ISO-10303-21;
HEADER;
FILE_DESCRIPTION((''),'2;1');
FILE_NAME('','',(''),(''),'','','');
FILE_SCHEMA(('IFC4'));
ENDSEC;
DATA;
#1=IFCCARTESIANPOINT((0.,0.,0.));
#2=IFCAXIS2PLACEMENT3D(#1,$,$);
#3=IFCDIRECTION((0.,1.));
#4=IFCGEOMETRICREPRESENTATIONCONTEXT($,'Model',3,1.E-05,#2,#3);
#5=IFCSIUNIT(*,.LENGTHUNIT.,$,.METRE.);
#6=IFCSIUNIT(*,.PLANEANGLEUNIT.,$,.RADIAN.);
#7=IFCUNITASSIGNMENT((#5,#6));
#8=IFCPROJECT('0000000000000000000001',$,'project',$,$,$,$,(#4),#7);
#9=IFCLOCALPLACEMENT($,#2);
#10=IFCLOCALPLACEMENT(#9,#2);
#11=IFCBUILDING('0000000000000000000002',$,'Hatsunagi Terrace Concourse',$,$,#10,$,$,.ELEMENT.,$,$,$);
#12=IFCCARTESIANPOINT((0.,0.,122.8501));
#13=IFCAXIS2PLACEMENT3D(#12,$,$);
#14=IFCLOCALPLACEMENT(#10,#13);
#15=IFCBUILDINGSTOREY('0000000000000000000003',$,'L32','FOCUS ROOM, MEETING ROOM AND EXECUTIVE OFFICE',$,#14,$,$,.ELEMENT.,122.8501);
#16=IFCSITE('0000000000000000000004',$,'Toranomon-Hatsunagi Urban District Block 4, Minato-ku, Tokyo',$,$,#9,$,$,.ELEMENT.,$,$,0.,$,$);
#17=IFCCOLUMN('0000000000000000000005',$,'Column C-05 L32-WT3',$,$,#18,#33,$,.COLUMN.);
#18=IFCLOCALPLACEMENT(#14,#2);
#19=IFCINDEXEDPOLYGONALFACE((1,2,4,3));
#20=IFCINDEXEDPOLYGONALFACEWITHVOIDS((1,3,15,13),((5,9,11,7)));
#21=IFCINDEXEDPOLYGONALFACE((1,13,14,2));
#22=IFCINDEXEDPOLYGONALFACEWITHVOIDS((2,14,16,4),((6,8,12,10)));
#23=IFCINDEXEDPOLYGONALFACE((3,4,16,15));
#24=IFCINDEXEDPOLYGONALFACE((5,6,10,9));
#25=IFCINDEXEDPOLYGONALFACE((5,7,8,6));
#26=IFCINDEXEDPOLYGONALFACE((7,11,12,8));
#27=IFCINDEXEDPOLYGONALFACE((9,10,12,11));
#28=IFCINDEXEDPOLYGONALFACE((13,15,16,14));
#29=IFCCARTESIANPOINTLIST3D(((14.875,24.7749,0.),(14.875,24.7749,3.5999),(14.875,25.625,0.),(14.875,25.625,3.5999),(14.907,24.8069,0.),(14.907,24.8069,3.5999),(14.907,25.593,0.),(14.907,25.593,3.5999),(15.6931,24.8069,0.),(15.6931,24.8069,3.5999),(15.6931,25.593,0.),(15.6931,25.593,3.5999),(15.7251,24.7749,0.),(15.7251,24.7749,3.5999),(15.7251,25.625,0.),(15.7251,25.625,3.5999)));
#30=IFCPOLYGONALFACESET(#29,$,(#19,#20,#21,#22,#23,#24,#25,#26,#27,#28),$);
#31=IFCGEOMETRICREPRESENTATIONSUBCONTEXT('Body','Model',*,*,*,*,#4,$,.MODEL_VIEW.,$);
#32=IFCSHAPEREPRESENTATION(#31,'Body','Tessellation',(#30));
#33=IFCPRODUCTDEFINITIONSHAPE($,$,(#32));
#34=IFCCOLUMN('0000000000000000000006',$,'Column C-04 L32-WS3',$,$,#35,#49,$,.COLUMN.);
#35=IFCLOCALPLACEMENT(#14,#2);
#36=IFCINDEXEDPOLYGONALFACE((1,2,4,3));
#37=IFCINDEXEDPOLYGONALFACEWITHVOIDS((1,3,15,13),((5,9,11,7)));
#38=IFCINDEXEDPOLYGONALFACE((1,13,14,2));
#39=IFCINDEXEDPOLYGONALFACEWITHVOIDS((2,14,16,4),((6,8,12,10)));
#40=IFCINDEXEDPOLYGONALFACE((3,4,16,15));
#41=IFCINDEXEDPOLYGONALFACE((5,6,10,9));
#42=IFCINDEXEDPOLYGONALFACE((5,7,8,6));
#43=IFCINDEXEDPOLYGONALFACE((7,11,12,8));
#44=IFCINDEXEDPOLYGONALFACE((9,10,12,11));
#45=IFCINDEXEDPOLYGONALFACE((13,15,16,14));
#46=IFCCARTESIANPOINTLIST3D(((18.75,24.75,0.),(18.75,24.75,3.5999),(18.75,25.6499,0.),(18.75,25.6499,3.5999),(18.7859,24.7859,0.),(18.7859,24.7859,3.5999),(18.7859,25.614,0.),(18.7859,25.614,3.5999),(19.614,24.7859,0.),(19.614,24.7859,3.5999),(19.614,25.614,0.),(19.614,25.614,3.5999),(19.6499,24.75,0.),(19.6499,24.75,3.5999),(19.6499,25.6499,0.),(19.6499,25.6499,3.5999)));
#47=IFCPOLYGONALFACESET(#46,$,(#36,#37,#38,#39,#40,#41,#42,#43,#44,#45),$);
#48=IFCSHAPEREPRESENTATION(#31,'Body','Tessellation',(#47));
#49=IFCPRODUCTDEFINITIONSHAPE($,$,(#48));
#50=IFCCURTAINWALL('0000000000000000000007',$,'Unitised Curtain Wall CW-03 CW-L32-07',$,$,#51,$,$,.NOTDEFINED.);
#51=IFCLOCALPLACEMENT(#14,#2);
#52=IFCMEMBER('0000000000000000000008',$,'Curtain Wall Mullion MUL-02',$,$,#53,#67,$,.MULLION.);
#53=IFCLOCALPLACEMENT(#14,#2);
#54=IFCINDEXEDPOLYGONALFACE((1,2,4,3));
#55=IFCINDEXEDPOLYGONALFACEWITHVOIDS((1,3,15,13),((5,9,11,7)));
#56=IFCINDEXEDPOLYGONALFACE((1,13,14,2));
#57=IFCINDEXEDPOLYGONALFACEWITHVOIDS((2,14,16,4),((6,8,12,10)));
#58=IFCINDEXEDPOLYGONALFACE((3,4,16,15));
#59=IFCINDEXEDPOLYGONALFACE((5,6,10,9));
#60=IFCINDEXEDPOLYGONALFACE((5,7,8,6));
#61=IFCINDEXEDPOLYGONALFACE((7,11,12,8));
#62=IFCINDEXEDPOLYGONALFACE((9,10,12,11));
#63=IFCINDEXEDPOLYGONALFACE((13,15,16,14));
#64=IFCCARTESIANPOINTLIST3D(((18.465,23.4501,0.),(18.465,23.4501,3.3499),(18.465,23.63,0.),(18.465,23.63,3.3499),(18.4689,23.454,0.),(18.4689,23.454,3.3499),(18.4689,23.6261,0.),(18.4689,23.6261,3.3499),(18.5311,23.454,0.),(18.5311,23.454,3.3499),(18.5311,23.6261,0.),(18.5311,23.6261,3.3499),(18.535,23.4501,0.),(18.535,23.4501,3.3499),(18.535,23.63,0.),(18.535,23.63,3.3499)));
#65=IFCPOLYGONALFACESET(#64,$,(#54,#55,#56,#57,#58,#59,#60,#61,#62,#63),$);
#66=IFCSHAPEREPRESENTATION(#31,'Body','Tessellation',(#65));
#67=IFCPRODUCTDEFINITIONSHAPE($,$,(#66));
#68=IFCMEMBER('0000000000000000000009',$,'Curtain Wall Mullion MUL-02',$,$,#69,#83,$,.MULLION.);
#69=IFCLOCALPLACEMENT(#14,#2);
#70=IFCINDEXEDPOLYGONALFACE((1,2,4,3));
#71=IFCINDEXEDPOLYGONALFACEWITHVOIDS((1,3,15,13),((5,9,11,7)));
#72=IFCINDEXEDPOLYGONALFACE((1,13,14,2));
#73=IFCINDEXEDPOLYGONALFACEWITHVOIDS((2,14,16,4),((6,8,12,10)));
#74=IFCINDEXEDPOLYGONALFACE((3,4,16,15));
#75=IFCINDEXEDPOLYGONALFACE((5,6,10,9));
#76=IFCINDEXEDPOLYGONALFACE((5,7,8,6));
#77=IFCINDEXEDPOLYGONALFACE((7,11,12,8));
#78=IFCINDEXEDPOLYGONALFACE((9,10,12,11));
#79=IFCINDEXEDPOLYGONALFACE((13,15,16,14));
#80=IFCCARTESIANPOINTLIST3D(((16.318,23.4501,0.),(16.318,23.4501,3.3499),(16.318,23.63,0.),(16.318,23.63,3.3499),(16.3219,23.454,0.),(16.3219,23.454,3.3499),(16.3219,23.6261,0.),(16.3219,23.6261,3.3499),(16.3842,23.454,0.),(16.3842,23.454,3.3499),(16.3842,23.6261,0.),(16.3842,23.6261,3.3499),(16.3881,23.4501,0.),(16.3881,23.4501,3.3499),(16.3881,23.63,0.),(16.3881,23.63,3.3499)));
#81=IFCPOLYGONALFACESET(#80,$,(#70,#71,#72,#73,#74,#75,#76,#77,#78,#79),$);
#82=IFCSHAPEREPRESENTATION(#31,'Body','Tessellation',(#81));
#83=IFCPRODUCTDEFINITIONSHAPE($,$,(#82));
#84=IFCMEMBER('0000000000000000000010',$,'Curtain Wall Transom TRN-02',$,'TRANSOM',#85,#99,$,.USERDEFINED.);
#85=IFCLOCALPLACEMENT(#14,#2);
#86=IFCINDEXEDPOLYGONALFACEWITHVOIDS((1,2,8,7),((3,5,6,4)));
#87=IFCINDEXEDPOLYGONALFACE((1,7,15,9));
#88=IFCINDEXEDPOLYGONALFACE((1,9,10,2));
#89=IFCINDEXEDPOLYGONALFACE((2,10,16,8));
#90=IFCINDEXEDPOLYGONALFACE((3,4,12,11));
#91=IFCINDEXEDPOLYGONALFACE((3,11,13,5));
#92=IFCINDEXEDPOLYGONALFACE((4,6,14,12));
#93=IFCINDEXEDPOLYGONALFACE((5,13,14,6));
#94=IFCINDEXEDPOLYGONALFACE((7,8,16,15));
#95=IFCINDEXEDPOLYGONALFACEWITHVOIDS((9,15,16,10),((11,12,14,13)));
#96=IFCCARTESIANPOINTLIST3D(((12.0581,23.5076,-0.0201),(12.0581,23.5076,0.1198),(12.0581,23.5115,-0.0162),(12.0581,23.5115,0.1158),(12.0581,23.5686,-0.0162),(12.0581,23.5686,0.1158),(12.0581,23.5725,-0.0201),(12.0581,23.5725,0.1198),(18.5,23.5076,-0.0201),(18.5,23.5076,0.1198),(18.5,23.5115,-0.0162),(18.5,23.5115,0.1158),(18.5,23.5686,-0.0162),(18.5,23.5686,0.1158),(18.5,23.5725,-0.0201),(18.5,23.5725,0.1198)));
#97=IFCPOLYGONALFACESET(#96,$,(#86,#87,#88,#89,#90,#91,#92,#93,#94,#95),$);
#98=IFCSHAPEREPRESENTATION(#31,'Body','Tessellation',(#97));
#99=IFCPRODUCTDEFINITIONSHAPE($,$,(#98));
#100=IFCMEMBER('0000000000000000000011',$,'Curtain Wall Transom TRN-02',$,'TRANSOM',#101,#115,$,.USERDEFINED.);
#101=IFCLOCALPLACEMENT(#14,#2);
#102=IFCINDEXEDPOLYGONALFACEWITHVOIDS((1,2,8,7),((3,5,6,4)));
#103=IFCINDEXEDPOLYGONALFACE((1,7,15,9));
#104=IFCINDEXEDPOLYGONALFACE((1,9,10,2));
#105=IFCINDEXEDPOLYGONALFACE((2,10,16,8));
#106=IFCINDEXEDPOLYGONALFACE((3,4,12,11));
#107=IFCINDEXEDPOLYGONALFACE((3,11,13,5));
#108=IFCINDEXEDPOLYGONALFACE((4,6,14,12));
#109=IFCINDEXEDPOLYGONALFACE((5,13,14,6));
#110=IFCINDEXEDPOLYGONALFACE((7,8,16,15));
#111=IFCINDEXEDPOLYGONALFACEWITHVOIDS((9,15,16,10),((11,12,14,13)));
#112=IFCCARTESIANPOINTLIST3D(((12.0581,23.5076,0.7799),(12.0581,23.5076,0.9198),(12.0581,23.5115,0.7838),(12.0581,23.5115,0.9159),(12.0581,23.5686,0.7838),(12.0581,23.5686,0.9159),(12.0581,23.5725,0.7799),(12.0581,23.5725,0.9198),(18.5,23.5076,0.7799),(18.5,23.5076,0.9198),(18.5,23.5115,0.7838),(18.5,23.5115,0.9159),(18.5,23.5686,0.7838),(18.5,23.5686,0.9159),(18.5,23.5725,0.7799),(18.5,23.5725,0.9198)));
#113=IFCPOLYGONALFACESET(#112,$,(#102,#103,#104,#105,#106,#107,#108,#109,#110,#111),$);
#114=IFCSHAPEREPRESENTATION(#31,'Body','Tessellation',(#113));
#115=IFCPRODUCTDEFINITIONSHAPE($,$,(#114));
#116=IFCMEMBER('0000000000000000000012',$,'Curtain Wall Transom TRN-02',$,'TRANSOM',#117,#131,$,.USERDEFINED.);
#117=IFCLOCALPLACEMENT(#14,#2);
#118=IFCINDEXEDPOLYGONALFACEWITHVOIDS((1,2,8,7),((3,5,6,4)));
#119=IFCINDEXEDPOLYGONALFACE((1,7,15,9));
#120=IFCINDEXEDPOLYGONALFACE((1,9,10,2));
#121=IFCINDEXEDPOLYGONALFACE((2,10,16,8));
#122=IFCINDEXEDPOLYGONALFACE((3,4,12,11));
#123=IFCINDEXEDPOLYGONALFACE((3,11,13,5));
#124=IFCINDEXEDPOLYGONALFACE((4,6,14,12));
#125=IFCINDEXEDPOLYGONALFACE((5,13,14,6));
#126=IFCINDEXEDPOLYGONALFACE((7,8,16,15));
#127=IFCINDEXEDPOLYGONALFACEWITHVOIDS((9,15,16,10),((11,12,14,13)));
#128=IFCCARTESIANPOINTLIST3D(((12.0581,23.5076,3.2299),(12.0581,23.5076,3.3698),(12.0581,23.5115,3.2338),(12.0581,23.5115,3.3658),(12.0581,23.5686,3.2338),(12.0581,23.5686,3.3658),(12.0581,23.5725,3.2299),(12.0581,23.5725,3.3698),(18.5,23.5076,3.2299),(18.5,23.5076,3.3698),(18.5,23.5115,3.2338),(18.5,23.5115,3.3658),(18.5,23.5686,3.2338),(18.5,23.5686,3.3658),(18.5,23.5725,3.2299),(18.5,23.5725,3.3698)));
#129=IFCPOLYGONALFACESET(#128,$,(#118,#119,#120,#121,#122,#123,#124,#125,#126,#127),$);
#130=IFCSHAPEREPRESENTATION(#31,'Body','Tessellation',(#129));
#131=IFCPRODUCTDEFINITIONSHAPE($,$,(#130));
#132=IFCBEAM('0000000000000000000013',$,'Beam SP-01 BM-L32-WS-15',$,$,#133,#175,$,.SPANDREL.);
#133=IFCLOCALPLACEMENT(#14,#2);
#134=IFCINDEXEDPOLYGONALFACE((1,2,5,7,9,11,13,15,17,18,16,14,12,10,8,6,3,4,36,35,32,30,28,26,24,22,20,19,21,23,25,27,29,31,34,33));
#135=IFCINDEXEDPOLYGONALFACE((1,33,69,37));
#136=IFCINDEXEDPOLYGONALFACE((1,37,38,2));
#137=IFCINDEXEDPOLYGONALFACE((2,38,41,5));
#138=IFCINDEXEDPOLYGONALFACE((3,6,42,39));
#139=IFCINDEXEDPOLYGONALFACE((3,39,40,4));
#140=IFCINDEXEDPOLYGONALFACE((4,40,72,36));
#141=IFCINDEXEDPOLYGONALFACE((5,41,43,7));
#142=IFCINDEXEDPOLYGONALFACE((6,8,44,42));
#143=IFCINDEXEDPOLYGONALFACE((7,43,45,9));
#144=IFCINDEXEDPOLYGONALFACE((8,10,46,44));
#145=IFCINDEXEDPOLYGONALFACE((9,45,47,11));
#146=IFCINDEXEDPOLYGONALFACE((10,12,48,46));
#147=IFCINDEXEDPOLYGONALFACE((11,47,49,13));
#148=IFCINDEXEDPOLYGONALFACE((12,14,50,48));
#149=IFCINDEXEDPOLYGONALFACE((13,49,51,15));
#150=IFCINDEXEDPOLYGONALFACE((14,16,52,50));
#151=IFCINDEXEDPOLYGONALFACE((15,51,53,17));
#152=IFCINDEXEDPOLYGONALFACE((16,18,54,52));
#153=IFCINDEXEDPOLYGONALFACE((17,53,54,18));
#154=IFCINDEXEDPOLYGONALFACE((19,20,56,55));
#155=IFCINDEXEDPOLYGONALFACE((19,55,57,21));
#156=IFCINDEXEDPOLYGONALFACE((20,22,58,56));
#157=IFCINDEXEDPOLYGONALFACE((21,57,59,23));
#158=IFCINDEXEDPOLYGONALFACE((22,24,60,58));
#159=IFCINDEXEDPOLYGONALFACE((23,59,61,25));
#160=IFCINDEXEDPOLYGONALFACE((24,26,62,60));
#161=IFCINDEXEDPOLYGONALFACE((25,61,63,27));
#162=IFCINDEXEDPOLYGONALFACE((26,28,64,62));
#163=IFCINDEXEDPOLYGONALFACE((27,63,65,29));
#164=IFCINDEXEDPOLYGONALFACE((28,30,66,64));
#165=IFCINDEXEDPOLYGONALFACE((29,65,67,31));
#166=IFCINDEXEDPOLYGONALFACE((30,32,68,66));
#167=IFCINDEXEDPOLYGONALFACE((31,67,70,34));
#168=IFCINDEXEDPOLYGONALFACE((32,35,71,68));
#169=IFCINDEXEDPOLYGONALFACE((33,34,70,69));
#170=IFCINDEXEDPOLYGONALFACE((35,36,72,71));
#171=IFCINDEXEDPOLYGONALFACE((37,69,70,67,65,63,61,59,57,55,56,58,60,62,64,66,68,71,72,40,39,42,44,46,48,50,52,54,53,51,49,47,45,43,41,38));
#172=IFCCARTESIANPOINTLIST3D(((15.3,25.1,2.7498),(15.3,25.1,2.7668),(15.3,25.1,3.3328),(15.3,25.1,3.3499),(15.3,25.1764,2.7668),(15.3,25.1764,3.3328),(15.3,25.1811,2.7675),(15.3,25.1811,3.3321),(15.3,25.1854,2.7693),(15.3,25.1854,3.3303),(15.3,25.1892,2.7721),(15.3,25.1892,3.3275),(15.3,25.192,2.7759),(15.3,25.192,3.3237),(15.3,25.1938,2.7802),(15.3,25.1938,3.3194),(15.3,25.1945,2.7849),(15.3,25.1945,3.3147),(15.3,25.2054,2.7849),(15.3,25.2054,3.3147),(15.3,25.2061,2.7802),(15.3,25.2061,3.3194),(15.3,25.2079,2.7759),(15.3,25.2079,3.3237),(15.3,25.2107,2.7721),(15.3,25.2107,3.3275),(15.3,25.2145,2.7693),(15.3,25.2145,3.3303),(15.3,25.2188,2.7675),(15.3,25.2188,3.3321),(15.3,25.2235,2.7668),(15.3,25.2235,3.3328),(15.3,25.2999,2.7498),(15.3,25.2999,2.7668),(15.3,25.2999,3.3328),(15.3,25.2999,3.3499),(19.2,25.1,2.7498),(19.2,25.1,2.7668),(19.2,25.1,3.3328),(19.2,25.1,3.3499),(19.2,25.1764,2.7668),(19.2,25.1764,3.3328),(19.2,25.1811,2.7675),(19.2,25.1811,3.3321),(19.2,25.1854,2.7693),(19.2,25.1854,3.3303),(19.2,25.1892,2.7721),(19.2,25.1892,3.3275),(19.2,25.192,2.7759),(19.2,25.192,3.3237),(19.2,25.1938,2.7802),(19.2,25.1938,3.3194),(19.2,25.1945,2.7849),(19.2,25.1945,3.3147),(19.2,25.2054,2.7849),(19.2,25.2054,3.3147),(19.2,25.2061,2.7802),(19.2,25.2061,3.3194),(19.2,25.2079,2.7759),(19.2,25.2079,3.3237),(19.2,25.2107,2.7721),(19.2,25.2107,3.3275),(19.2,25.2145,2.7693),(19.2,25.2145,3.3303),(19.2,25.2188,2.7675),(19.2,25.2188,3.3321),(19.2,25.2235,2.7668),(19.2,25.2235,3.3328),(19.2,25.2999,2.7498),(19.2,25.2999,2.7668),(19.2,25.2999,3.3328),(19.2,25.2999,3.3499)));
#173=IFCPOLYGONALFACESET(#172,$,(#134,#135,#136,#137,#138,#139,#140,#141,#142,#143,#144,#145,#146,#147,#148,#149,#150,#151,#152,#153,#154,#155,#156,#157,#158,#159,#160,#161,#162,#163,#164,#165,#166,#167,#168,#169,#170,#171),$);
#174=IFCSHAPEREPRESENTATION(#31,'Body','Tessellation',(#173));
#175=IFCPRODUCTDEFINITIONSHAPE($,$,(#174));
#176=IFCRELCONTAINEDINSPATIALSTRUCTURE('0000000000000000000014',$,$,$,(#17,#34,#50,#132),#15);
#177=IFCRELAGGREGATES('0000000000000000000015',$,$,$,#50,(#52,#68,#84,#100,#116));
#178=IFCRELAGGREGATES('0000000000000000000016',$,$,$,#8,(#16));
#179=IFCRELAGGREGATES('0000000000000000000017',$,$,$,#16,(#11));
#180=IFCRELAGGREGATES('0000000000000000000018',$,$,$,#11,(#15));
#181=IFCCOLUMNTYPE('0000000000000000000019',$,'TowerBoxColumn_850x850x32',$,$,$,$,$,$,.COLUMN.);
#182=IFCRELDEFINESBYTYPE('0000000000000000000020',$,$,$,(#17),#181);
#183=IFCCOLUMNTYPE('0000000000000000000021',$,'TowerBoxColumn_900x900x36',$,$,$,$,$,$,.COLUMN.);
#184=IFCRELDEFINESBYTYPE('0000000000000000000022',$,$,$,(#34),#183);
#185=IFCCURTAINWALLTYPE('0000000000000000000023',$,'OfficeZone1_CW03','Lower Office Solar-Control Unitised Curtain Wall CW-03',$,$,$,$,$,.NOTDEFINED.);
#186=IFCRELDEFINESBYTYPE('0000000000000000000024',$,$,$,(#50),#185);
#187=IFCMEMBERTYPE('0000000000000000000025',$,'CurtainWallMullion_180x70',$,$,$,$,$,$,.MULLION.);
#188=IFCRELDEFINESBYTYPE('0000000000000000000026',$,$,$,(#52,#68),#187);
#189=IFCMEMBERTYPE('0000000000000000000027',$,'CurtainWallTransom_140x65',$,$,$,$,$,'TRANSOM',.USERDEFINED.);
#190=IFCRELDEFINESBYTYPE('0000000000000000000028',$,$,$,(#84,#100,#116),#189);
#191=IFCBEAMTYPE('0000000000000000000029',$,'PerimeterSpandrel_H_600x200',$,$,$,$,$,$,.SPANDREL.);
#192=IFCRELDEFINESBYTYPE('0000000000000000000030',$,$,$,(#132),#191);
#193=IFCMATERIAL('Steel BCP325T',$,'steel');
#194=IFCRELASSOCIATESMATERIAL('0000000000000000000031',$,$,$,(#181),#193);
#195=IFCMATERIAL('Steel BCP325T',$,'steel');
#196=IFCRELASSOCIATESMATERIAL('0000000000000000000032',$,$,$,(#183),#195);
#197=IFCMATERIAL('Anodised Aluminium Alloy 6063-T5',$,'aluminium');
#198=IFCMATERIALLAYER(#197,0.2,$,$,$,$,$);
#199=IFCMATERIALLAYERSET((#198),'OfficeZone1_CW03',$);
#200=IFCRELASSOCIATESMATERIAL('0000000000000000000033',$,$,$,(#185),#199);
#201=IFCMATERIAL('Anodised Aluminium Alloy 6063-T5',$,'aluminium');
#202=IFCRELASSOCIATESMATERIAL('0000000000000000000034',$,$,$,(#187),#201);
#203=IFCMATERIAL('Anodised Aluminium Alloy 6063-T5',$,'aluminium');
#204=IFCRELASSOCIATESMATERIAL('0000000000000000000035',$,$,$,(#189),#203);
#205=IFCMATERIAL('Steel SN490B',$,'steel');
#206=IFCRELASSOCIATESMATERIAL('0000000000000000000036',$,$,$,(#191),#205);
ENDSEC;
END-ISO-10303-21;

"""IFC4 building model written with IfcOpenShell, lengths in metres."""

from ifc_helpers import new_model, si_unit, direction, frame, origin, origin_2d, place, context, subcontext, project, spatial, hollow_rectangle, i_section, extrude, material, layer, layer_set, material_profile, profile_set, type_object, element, aggregate, save


model = new_model("IFC4")

# Units and contexts
model_context = context("Model", 3, precision=1e-05, world=origin(), true_north=direction((0.0, 1.0)))
body_context = subcontext(model_context, "Body", "Model", "MODEL_VIEW")
ifc_project = project(units=[si_unit("LENGTHUNIT", "METRE"), si_unit("PLANEANGLEUNIT", "RADIAN")], contexts=[model_context])

# Site, building, storey
site_placement = place(None, origin())
site = spatial("IfcSite", under=ifc_project, at=site_placement, Name="Toranomon-Hatsunagi Urban District Block 4, Minato-ku, Tokyo", CompositionType="ELEMENT", RefElevation=0.0)
building_placement = place(site_placement, origin())
building = spatial("IfcBuilding", under=site, at=building_placement, Name="Hatsunagi Terrace Concourse", CompositionType="ELEMENT")
storey_placement = place(building_placement, frame((0.0, 0.0, 122.8501)))
storey = spatial("IfcBuildingStorey", under=building, at=storey_placement, Name="L32", Description="FOCUS ROOM, MEETING ROOM AND EXECUTIVE OFFICE", CompositionType="ELEMENT", Elevation=122.8501)

# Columns
ifc_material_1 = material(Name="Steel BCP325T", Category="steel")
ifc_material_profile_1 = material_profile(ifc_material_1, hollow_rectangle(XDim=0.8501, YDim=0.8501, WallThickness=0.032, at=origin_2d()), Name="BCP-850x850x32")
ifc_profile_set_1 = profile_set([ifc_material_profile_1], Name="Steel BCP325T")
column_type_1 = type_object("IfcColumnType", Name="TowerBoxColumn_850x850x32", PredefinedType="COLUMN", material=ifc_profile_set_1)
column_1_placement = place(storey_placement, frame((15.3, 25.2, 0.0), z_axis=(0.0, 0.0, 1.0), x_axis=(1.0, 0.0, 0.0)))
element("IfcColumn", 1, at=column_1_placement, inside=storey, type_object=column_type_1, Name="Column C-05 L32-WT3", PredefinedType="COLUMN", context=body_context, shape_type="SweptSolid", body=[
    extrude(hollow_rectangle(XDim=0.8501, YDim=0.8501, WallThickness=0.032, at=origin_2d()), origin(), (0.0, 0.0, 1.0), 3.5999),
])
ifc_material_2 = material(Name="Steel BCP325T", Category="steel")
ifc_material_profile_2 = material_profile(ifc_material_2, hollow_rectangle(XDim=0.8999, YDim=0.8999, WallThickness=0.0359, at=origin_2d()), Name="BCP-900x900x36")
ifc_profile_set_2 = profile_set([ifc_material_profile_2], Name="Steel BCP325T")
column_type_2 = type_object("IfcColumnType", Name="TowerBoxColumn_900x900x36", PredefinedType="COLUMN", material=ifc_profile_set_2)
column_2_placement = place(storey_placement, frame((19.2, 25.2, 0.0), z_axis=(0.0, 0.0, 1.0), x_axis=(1.0, 0.0, 0.0)))
element("IfcColumn", 2, at=column_2_placement, inside=storey, type_object=column_type_2, Name="Column C-04 L32-WS3", PredefinedType="COLUMN", context=body_context, shape_type="SweptSolid", body=[
    extrude(hollow_rectangle(XDim=0.8999, YDim=0.8999, WallThickness=0.0359, at=origin_2d()), origin(), (0.0, 0.0, 1.0), 3.5999),
])

# Curtain wall, members
ifc_material_3 = material(Name="Anodised Aluminium Alloy 6063-T5", Category="aluminium")
ifc_layer_1 = layer(ifc_material_3, 0.2)
ifc_layer_set_1 = layer_set([ifc_layer_1], Name="OfficeZone1_CW03")
curtain_wall_type = type_object("IfcCurtainWallType", Name="OfficeZone1_CW03", Description="Lower Office Solar-Control Unitised Curtain Wall CW-03", PredefinedType="NOTDEFINED", material=ifc_layer_set_1)
curtain_wall_placement = place(storey_placement, origin())
curtain_wall = element("IfcCurtainWall", 3, at=curtain_wall_placement, inside=storey, type_object=curtain_wall_type, Name="Unitised Curtain Wall CW-03 CW-L32-07", PredefinedType="NOTDEFINED")
ifc_material_4 = material(Name="Anodised Aluminium Alloy 6063-T5", Category="aluminium")
ifc_material_profile_3 = material_profile(ifc_material_4, hollow_rectangle(XDim=0.0701, YDim=0.1799, WallThickness=0.0039, at=origin_2d()), Name="ALU-MUL-180x70x4")
ifc_profile_set_3 = profile_set([ifc_material_profile_3], Name="Anodised Aluminium Alloy 6063-T5")
member_type_1 = type_object("IfcMemberType", Name="CurtainWallMullion_180x70", PredefinedType="MULLION", material=ifc_profile_set_3)
member_1_placement = place(storey_placement, frame((18.5, 23.54, 0.0), z_axis=(0.0, 0.0, 1.0), x_axis=(-1.0, 0.0, 0.0)))
member_1 = element("IfcMember", 4, at=member_1_placement, type_object=member_type_1, Name="Curtain Wall Mullion MUL-02", PredefinedType="MULLION", context=body_context, shape_type="SweptSolid", body=[
    extrude(hollow_rectangle(XDim=0.0701, YDim=0.1799, WallThickness=0.0039, at=origin_2d()), origin(), (0.0, 0.0, 1.0), 3.3499),
])
member_2_placement = place(storey_placement, frame((16.353, 23.54, 0.0), z_axis=(0.0, 0.0, 1.0), x_axis=(-1.0, 0.0, 0.0)))
member_2 = element("IfcMember", 5, at=member_2_placement, type_object=member_type_1, Name="Curtain Wall Mullion MUL-02", PredefinedType="MULLION", context=body_context, shape_type="SweptSolid", body=[
    extrude(hollow_rectangle(XDim=0.0701, YDim=0.1799, WallThickness=0.0039, at=origin_2d()), origin(), (0.0, 0.0, 1.0), 3.3499),
])
ifc_material_5 = material(Name="Anodised Aluminium Alloy 6063-T5", Category="aluminium")
ifc_material_profile_4 = material_profile(ifc_material_5, hollow_rectangle(XDim=0.0649, YDim=0.1399, WallThickness=0.0039, at=origin_2d()), Name="ALU-TRN-140x65x4")
ifc_profile_set_4 = profile_set([ifc_material_profile_4], Name="Anodised Aluminium Alloy 6063-T5")
member_type_2 = type_object("IfcMemberType", Name="CurtainWallTransom_140x65", ElementType="TRANSOM", PredefinedType="USERDEFINED", material=ifc_profile_set_4)
member_3_placement = place(storey_placement, frame((18.5, 23.54, 0.0498), z_axis=(-1.0, 0.0, 0.0), x_axis=(0.0, -1.0, 0.0)))
member_3 = element("IfcMember", 6, at=member_3_placement, type_object=member_type_2, Name="Curtain Wall Transom TRN-02", ObjectType="TRANSOM", PredefinedType="USERDEFINED", context=body_context, shape_type="SweptSolid", body=[
    extrude(hollow_rectangle(XDim=0.0649, YDim=0.1399, WallThickness=0.0039, at=origin_2d()), origin(), (0.0, 0.0, 1.0), 6.4419),
])
member_4_placement = place(storey_placement, frame((18.5, 23.54, 0.8499), z_axis=(-1.0, 0.0, 0.0), x_axis=(0.0, -1.0, 0.0)))
member_4 = element("IfcMember", 7, at=member_4_placement, type_object=member_type_2, Name="Curtain Wall Transom TRN-02", ObjectType="TRANSOM", PredefinedType="USERDEFINED", context=body_context, shape_type="SweptSolid", body=[
    extrude(hollow_rectangle(XDim=0.0649, YDim=0.1399, WallThickness=0.0039, at=origin_2d()), origin(), (0.0, 0.0, 1.0), 6.4419),
])
member_5_placement = place(storey_placement, frame((18.5, 23.54, 3.2998), z_axis=(-1.0, 0.0, 0.0), x_axis=(0.0, -1.0, 0.0)))
member_5 = element("IfcMember", 8, at=member_5_placement, type_object=member_type_2, Name="Curtain Wall Transom TRN-02", ObjectType="TRANSOM", PredefinedType="USERDEFINED", context=body_context, shape_type="SweptSolid", body=[
    extrude(hollow_rectangle(XDim=0.0649, YDim=0.1399, WallThickness=0.0039, at=origin_2d()), origin(), (0.0, 0.0, 1.0), 6.4419),
])

# Beam
ifc_material_6 = material(Name="Steel SN490B", Category="steel")
ifc_material_profile_5 = material_profile(ifc_material_6, i_section(OverallWidth=0.2, OverallDepth=0.6001, WebThickness=0.011, FlangeThickness=0.0171, FilletRadius=0.0181, at=origin_2d()), Name="H-600x200x11x17")
ifc_profile_set_5 = profile_set([ifc_material_profile_5], Name="Steel SN490B")
beam_type = type_object("IfcBeamType", Name="PerimeterSpandrel_H_600x200", PredefinedType="SPANDREL", material=ifc_profile_set_5)
beam_placement = place(storey_placement, frame((15.3, 25.2, 3.0498), z_axis=(1.0, 0.0, 0.0), x_axis=(0.0, 1.0, 0.0)))
element("IfcBeam", 9, at=beam_placement, inside=storey, type_object=beam_type, Name="Beam SP-01 BM-L32-WS-15", PredefinedType="SPANDREL", context=body_context, shape_type="SweptSolid", body=[
    extrude(i_section(OverallWidth=0.2, OverallDepth=0.6001, WebThickness=0.011, FlangeThickness=0.0171, FilletRadius=0.0181, at=origin_2d()), origin(), (0.0, 0.0, 1.0), 3.8999),
])

aggregate(curtain_wall, [member_1, member_2, member_3, member_4, member_5])

save(model, "model.ifc")
